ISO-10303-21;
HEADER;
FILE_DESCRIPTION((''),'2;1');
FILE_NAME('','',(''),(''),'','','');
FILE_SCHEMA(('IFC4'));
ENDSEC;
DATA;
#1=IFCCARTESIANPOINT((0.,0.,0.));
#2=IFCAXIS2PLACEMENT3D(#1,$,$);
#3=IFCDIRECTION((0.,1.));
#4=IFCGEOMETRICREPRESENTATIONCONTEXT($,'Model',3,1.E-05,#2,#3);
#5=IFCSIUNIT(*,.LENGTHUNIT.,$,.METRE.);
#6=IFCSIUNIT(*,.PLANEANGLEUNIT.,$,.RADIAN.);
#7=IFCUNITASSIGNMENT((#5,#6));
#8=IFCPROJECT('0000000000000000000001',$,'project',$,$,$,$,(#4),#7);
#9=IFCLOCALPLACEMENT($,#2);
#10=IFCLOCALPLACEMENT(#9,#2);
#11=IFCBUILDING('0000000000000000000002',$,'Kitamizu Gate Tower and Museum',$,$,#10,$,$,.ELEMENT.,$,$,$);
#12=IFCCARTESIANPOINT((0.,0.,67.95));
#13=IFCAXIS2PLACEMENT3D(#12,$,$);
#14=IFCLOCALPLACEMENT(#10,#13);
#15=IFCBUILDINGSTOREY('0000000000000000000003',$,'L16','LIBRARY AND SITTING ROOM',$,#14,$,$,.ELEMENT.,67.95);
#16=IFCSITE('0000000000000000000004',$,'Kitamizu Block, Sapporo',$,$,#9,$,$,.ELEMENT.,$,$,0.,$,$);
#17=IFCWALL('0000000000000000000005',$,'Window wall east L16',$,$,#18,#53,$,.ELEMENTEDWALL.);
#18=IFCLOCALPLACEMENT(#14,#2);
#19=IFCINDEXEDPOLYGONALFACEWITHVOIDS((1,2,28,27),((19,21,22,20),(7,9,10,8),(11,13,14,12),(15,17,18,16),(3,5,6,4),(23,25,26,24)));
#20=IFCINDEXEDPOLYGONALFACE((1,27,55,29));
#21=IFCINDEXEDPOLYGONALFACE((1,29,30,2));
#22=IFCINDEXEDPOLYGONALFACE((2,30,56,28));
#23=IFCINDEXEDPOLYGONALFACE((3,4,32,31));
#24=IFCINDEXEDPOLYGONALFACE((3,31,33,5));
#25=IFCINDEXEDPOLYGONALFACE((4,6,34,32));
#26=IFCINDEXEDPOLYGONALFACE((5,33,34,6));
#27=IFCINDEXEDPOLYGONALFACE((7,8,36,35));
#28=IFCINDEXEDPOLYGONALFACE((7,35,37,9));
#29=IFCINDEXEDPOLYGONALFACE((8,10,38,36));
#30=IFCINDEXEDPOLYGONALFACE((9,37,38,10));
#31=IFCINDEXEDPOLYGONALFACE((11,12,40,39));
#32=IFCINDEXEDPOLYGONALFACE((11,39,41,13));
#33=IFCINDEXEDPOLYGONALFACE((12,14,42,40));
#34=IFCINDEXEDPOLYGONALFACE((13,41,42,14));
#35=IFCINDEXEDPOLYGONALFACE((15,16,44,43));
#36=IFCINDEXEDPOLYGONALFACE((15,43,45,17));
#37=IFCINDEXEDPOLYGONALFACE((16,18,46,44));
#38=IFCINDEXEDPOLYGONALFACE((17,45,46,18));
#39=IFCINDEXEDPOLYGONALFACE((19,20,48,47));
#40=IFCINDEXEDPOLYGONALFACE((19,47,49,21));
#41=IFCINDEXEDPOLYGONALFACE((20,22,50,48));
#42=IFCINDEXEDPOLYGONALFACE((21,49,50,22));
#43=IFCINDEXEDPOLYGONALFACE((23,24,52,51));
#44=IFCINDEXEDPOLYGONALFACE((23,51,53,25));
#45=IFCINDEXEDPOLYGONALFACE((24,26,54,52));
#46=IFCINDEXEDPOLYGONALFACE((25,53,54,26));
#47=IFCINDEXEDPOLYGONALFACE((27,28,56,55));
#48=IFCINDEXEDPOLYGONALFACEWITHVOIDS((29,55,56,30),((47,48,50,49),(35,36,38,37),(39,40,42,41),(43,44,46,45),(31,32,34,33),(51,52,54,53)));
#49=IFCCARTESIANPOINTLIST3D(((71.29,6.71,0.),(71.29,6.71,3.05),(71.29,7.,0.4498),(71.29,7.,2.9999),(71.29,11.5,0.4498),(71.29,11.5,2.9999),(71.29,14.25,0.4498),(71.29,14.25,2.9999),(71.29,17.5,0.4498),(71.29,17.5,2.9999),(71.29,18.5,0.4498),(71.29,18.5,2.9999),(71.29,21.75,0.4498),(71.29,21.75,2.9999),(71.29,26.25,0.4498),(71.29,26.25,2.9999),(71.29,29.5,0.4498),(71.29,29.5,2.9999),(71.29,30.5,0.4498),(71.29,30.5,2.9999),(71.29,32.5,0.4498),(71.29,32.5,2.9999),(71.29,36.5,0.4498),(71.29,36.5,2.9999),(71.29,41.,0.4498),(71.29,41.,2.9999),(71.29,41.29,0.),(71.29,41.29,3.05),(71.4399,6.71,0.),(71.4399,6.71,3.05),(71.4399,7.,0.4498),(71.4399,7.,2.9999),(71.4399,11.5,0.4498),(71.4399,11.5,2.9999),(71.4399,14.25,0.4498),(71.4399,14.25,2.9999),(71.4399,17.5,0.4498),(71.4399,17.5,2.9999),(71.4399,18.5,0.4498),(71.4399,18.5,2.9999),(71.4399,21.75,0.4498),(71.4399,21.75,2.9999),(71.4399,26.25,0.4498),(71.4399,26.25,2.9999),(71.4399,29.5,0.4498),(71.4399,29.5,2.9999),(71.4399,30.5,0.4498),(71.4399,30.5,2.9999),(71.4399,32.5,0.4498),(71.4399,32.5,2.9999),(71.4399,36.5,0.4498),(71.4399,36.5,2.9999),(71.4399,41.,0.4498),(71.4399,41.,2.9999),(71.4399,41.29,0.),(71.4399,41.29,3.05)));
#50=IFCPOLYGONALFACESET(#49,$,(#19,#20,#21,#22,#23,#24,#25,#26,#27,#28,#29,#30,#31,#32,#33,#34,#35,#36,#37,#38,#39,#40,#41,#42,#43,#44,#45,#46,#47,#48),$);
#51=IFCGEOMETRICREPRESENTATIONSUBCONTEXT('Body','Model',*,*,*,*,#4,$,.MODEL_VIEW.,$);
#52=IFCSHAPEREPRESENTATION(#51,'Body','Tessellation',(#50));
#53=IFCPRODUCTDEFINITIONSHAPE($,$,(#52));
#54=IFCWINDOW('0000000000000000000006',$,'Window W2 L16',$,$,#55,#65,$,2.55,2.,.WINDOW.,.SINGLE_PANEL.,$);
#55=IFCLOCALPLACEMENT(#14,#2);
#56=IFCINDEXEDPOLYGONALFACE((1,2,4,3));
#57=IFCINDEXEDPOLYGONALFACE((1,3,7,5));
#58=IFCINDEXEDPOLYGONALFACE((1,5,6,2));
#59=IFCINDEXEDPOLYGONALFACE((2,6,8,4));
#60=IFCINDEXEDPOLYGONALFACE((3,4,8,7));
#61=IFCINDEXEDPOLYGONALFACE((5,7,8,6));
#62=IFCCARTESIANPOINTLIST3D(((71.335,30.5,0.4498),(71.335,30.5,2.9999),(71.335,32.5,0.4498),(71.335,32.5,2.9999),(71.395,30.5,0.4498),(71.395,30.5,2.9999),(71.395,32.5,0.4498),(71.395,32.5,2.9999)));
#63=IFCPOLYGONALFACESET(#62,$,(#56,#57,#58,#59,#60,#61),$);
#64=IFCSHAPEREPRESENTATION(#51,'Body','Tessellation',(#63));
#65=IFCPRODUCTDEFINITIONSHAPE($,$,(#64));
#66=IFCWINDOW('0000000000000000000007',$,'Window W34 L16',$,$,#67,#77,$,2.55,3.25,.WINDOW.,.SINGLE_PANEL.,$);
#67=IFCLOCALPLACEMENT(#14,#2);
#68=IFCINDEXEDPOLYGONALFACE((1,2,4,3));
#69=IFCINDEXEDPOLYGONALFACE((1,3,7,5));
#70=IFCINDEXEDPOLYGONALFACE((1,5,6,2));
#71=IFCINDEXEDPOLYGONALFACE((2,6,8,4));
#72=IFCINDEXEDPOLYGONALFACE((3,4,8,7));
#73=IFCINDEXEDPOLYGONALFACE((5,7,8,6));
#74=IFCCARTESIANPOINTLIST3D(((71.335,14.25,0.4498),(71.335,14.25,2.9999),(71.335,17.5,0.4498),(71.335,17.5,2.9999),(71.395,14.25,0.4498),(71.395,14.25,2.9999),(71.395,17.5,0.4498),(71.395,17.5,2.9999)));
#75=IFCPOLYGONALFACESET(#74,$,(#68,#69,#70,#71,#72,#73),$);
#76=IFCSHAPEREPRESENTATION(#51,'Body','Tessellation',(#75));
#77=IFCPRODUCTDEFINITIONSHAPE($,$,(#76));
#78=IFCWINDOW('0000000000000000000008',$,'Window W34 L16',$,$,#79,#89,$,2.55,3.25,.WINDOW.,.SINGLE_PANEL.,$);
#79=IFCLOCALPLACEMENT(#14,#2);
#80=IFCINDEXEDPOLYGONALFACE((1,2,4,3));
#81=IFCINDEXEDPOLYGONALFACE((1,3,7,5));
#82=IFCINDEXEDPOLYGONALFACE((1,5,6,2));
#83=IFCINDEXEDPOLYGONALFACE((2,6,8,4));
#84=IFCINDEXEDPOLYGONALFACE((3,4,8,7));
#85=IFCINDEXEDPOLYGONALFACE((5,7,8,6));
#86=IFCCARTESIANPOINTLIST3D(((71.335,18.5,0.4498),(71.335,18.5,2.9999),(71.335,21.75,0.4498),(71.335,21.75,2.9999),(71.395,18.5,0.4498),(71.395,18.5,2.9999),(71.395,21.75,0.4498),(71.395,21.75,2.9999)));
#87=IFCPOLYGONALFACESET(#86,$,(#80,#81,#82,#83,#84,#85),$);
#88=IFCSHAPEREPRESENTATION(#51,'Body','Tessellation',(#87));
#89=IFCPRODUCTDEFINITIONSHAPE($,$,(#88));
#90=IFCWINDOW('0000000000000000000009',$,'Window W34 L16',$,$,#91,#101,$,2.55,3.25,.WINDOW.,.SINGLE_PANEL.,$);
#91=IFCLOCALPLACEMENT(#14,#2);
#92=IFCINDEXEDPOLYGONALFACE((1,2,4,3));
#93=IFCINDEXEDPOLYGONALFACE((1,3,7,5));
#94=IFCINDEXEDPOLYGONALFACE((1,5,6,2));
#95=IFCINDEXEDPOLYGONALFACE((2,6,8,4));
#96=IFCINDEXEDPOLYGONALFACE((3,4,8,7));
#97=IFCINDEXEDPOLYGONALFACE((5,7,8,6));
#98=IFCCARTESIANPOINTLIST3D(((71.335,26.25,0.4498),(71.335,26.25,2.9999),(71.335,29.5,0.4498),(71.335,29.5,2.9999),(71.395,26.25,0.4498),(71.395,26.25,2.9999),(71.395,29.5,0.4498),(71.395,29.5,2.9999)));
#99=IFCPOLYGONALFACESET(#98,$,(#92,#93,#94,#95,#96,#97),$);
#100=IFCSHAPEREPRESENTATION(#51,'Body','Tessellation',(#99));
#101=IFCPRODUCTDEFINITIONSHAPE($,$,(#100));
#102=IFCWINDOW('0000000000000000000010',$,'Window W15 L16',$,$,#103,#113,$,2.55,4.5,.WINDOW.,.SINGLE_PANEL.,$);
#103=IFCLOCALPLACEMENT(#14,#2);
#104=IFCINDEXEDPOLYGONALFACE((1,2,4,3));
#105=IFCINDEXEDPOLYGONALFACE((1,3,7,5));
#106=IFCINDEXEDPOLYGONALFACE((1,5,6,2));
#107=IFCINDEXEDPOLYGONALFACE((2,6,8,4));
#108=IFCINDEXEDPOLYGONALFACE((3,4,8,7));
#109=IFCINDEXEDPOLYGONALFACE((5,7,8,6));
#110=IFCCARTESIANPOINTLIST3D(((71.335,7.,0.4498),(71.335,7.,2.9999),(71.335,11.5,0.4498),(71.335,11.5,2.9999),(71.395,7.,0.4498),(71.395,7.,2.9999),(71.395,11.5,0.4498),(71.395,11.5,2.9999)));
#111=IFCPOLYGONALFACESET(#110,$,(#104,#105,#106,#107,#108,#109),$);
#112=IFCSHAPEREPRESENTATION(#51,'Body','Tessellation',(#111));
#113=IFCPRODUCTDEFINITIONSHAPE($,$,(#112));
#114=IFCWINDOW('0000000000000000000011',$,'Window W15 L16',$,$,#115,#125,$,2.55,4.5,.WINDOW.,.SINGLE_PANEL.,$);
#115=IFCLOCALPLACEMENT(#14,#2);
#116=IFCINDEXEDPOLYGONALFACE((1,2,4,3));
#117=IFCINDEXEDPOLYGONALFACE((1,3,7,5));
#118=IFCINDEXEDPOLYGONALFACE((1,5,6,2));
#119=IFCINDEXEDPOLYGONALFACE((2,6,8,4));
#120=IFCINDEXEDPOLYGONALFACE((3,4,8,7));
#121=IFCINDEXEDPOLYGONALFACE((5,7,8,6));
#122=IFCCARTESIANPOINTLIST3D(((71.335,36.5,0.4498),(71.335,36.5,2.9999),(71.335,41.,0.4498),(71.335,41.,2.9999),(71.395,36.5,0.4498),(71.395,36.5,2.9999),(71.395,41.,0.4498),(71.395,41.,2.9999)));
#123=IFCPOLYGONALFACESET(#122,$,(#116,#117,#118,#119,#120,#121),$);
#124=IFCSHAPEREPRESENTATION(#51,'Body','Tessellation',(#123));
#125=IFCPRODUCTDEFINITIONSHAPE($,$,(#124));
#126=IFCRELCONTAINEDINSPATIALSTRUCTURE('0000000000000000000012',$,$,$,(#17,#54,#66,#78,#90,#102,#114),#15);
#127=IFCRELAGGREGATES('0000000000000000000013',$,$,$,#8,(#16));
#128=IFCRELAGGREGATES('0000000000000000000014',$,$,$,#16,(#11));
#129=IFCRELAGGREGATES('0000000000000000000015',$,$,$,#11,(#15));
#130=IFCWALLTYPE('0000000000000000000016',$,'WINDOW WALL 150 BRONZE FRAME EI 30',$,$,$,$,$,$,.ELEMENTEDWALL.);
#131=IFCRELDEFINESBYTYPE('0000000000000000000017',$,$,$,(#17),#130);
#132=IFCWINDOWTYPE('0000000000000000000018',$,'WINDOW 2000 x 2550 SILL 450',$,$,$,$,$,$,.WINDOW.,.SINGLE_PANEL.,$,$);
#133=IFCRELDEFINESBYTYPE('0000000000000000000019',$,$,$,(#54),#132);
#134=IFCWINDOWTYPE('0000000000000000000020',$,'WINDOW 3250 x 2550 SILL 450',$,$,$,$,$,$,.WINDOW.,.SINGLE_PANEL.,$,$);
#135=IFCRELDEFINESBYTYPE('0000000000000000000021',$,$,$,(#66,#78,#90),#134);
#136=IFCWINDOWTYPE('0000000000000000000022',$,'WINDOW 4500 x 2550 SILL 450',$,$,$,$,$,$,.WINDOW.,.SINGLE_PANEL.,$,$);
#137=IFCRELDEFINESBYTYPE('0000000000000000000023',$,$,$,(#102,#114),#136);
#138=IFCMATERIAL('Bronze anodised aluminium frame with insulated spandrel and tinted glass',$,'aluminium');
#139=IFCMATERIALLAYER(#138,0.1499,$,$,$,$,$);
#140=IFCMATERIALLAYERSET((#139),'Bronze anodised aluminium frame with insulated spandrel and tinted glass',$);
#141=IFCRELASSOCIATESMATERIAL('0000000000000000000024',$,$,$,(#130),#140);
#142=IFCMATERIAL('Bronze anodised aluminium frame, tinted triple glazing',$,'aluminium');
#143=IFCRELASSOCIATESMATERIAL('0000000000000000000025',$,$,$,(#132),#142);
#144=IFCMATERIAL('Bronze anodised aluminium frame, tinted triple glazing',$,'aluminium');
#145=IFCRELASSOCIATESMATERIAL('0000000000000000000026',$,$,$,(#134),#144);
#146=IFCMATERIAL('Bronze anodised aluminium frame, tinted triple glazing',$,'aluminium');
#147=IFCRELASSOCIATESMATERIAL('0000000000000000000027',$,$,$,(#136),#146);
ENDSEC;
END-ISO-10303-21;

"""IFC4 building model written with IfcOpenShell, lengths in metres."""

from ifc_helpers import new_model, si_unit, direction, frame, frame_2d, origin, place, context, subcontext, project, spatial, rectangle, extrude, material, layer, layer_set, type_object, element, fill, save


model = new_model("IFC4")

# Units and contexts
model_context = context("Model", 3, precision=1e-05, world=origin(), true_north=direction((0.0, 1.0)))
body_context = subcontext(model_context, "Body", "Model", "MODEL_VIEW")
ifc_project = project(units=[si_unit("LENGTHUNIT", "METRE"), si_unit("PLANEANGLEUNIT", "RADIAN")], contexts=[model_context])

# Site, building, storey
site_placement = place(None, origin())
site = spatial("IfcSite", under=ifc_project, at=site_placement, Name="Kitamizu Block, Sapporo", CompositionType="ELEMENT", RefElevation=0.0)
building_placement = place(site_placement, origin())
building = spatial("IfcBuilding", under=site, at=building_placement, Name="Kitamizu Gate Tower and Museum", CompositionType="ELEMENT")
storey_placement = place(building_placement, frame((0.0, 0.0, 67.95)))
storey = spatial("IfcBuildingStorey", under=building, at=storey_placement, Name="L16", Description="LIBRARY AND SITTING ROOM", CompositionType="ELEMENT", Elevation=67.95)

# Shared definitions
ifc_material_1 = material(Name="Bronze anodised aluminium frame with insulated spandrel and tinted glass", Category="aluminium")
ifc_layer_1 = layer(ifc_material_1, 0.1499)
ifc_layer_set_1 = layer_set([ifc_layer_1], Name="Bronze anodised aluminium frame with insulated spandrel and tinted glass")
wall_type_1 = type_object("IfcWallType", Name="WINDOW WALL 150 BRONZE FRAME EI 30", PredefinedType="ELEMENTEDWALL", material=ifc_layer_set_1)

# Wall, openings, windows
wall_1_placement = place(storey_placement, frame((71.365, 6.71, 0.0), z_axis=(0.0, 0.0, 1.0), x_axis=(0.0, 1.0, 0.0)))
wall_1 = element("IfcWall", 1, at=wall_1_placement, inside=storey, type_object=wall_type_1, Name="Window wall east L16", PredefinedType="ELEMENTEDWALL", context=body_context, shape_type="SweptSolid", body=[
    extrude(rectangle(XDim=34.5801, YDim=0.1499, at=frame_2d((17.29, 0.0))), origin(), (0.0, 0.0, 1.0), 3.05),
])
opening_1_placement = place(wall_1_placement, frame((0.29, 0.0, 0.45)))
opening_1 = element("IfcOpeningElement", 2, at=opening_1_placement, cuts=wall_1, PredefinedType="OPENING", context=body_context, shape_type="SweptSolid", body=[
    extrude(rectangle(XDim=4.5, YDim=2.55, at=frame_2d((2.25, 1.2749))), frame((0.0, 0.085, 0.0), z_axis=(0.0, -1.0, 0.0), x_axis=(1.0, 0.0, 0.0)), (0.0, 0.0, 1.0), 0.1699),
])
opening_2_placement = place(wall_1_placement, frame((7.54, 0.0, 0.45)))
opening_2 = element("IfcOpeningElement", 3, at=opening_2_placement, cuts=wall_1, PredefinedType="OPENING", context=body_context, shape_type="SweptSolid", body=[
    extrude(rectangle(XDim=3.25, YDim=2.55, at=frame_2d((1.625, 1.2749))), frame((0.0, 0.085, 0.0), z_axis=(0.0, -1.0, 0.0), x_axis=(1.0, 0.0, 0.0)), (0.0, 0.0, 1.0), 0.1699),
])
opening_3_placement = place(wall_1_placement, frame((11.79, 0.0, 0.45)))
opening_3 = element("IfcOpeningElement", 4, at=opening_3_placement, cuts=wall_1, PredefinedType="OPENING", context=body_context, shape_type="SweptSolid", body=[
    extrude(rectangle(XDim=3.25, YDim=2.55, at=frame_2d((1.625, 1.2749))), frame((0.0, 0.085, 0.0), z_axis=(0.0, -1.0, 0.0), x_axis=(1.0, 0.0, 0.0)), (0.0, 0.0, 1.0), 0.1699),
])
opening_4_placement = place(wall_1_placement, frame((19.54, 0.0, 0.45)))
opening_4 = element("IfcOpeningElement", 5, at=opening_4_placement, cuts=wall_1, PredefinedType="OPENING", context=body_context, shape_type="SweptSolid", body=[
    extrude(rectangle(XDim=3.25, YDim=2.55, at=frame_2d((1.625, 1.2749))), frame((0.0, 0.085, 0.0), z_axis=(0.0, -1.0, 0.0), x_axis=(1.0, 0.0, 0.0)), (0.0, 0.0, 1.0), 0.1699),
])
opening_5_placement = place(wall_1_placement, frame((23.79, 0.0, 0.45)))
opening_5 = element("IfcOpeningElement", 6, at=opening_5_placement, cuts=wall_1, PredefinedType="OPENING", context=body_context, shape_type="SweptSolid", body=[
    extrude(rectangle(XDim=2.0, YDim=2.55, at=frame_2d((1.0, 1.2749))), frame((0.0, 0.085, 0.0), z_axis=(0.0, -1.0, 0.0), x_axis=(1.0, 0.0, 0.0)), (0.0, 0.0, 1.0), 0.1699),
])
opening_6_placement = place(wall_1_placement, frame((29.79, 0.0, 0.45)))
opening_6 = element("IfcOpeningElement", 7, at=opening_6_placement, cuts=wall_1, PredefinedType="OPENING", context=body_context, shape_type="SweptSolid", body=[
    extrude(rectangle(XDim=4.5, YDim=2.55, at=frame_2d((2.25, 1.2749))), frame((0.0, 0.085, 0.0), z_axis=(0.0, -1.0, 0.0), x_axis=(1.0, 0.0, 0.0)), (0.0, 0.0, 1.0), 0.1699),
])
ifc_material_2 = material(Name="Bronze anodised aluminium frame, tinted triple glazing", Category="aluminium")
window_type_1 = type_object("IfcWindowType", Name="WINDOW 2000 x 2550 SILL 450", PartitioningType="SINGLE_PANEL", PredefinedType="WINDOW", material=ifc_material_2)
window_1_placement = place(opening_5_placement, origin())
window_1 = element("IfcWindow", 8, at=window_1_placement, inside=storey, type_object=window_type_1, Name="Window W2 L16", OverallHeight=2.55, OverallWidth=2.0, PartitioningType="SINGLE_PANEL", PredefinedType="WINDOW", context=body_context, shape_type="SweptSolid", body=[
    extrude(rectangle(XDim=2.0, YDim=2.55, at=frame_2d((1.0, 1.2749))), frame((0.0, 0.03, 0.0), z_axis=(0.0, -1.0, 0.0), x_axis=(1.0, 0.0, 0.0)), (0.0, 0.0, 1.0), 0.0601),
])
fill(opening_5, window_1)
ifc_material_3 = material(Name="Bronze anodised aluminium frame, tinted triple glazing", Category="aluminium")
window_type_2 = type_object("IfcWindowType", Name="WINDOW 3250 x 2550 SILL 450", PartitioningType="SINGLE_PANEL", PredefinedType="WINDOW", material=ifc_material_3)
window_2_placement = place(opening_2_placement, origin())
window_2 = element("IfcWindow", 9, at=window_2_placement, inside=storey, type_object=window_type_2, Name="Window W34 L16", OverallHeight=2.55, OverallWidth=3.25, PartitioningType="SINGLE_PANEL", PredefinedType="WINDOW", context=body_context, shape_type="SweptSolid", body=[
    extrude(rectangle(XDim=3.25, YDim=2.55, at=frame_2d((1.625, 1.2749))), frame((0.0, 0.03, 0.0), z_axis=(0.0, -1.0, 0.0), x_axis=(1.0, 0.0, 0.0)), (0.0, 0.0, 1.0), 0.0601),
])
fill(opening_2, window_2)
window_3_placement = place(opening_3_placement, origin())
window_3 = element("IfcWindow", 10, at=window_3_placement, inside=storey, type_object=window_type_2, Name="Window W34 L16", OverallHeight=2.55, OverallWidth=3.25, PartitioningType="SINGLE_PANEL", PredefinedType="WINDOW", context=body_context, shape_type="SweptSolid", body=[
    extrude(rectangle(XDim=3.25, YDim=2.55, at=frame_2d((1.625, 1.2749))), frame((0.0, 0.03, 0.0), z_axis=(0.0, -1.0, 0.0), x_axis=(1.0, 0.0, 0.0)), (0.0, 0.0, 1.0), 0.0601),
])
fill(opening_3, window_3)
window_4_placement = place(opening_4_placement, origin())
window_4 = element("IfcWindow", 11, at=window_4_placement, inside=storey, type_object=window_type_2, Name="Window W34 L16", OverallHeight=2.55, OverallWidth=3.25, PartitioningType="SINGLE_PANEL", PredefinedType="WINDOW", context=body_context, shape_type="SweptSolid", body=[
    extrude(rectangle(XDim=3.25, YDim=2.55, at=frame_2d((1.625, 1.2749))), frame((0.0, 0.03, 0.0), z_axis=(0.0, -1.0, 0.0), x_axis=(1.0, 0.0, 0.0)), (0.0, 0.0, 1.0), 0.0601),
])
fill(opening_4, window_4)
ifc_material_4 = material(Name="Bronze anodised aluminium frame, tinted triple glazing", Category="aluminium")
window_type_3 = type_object("IfcWindowType", Name="WINDOW 4500 x 2550 SILL 450", PartitioningType="SINGLE_PANEL", PredefinedType="WINDOW", material=ifc_material_4)
window_5_placement = place(opening_1_placement, origin())
window_5 = element("IfcWindow", 12, at=window_5_placement, inside=storey, type_object=window_type_3, Name="Window W15 L16", OverallHeight=2.55, OverallWidth=4.5, PartitioningType="SINGLE_PANEL", PredefinedType="WINDOW", context=body_context, shape_type="SweptSolid", body=[
    extrude(rectangle(XDim=4.5, YDim=2.55, at=frame_2d((2.25, 1.2749))), frame((0.0, 0.03, 0.0), z_axis=(0.0, -1.0, 0.0), x_axis=(1.0, 0.0, 0.0)), (0.0, 0.0, 1.0), 0.0601),
])
fill(opening_1, window_5)
window_6_placement = place(opening_6_placement, origin())
window_6 = element("IfcWindow", 13, at=window_6_placement, inside=storey, type_object=window_type_3, Name="Window W15 L16", OverallHeight=2.55, OverallWidth=4.5, PartitioningType="SINGLE_PANEL", PredefinedType="WINDOW", context=body_context, shape_type="SweptSolid", body=[
    extrude(rectangle(XDim=4.5, YDim=2.55, at=frame_2d((2.25, 1.2749))), frame((0.0, 0.03, 0.0), z_axis=(0.0, -1.0, 0.0), x_axis=(1.0, 0.0, 0.0)), (0.0, 0.0, 1.0), 0.0601),
])
fill(opening_6, window_6)

save(model, "model.ifc")
